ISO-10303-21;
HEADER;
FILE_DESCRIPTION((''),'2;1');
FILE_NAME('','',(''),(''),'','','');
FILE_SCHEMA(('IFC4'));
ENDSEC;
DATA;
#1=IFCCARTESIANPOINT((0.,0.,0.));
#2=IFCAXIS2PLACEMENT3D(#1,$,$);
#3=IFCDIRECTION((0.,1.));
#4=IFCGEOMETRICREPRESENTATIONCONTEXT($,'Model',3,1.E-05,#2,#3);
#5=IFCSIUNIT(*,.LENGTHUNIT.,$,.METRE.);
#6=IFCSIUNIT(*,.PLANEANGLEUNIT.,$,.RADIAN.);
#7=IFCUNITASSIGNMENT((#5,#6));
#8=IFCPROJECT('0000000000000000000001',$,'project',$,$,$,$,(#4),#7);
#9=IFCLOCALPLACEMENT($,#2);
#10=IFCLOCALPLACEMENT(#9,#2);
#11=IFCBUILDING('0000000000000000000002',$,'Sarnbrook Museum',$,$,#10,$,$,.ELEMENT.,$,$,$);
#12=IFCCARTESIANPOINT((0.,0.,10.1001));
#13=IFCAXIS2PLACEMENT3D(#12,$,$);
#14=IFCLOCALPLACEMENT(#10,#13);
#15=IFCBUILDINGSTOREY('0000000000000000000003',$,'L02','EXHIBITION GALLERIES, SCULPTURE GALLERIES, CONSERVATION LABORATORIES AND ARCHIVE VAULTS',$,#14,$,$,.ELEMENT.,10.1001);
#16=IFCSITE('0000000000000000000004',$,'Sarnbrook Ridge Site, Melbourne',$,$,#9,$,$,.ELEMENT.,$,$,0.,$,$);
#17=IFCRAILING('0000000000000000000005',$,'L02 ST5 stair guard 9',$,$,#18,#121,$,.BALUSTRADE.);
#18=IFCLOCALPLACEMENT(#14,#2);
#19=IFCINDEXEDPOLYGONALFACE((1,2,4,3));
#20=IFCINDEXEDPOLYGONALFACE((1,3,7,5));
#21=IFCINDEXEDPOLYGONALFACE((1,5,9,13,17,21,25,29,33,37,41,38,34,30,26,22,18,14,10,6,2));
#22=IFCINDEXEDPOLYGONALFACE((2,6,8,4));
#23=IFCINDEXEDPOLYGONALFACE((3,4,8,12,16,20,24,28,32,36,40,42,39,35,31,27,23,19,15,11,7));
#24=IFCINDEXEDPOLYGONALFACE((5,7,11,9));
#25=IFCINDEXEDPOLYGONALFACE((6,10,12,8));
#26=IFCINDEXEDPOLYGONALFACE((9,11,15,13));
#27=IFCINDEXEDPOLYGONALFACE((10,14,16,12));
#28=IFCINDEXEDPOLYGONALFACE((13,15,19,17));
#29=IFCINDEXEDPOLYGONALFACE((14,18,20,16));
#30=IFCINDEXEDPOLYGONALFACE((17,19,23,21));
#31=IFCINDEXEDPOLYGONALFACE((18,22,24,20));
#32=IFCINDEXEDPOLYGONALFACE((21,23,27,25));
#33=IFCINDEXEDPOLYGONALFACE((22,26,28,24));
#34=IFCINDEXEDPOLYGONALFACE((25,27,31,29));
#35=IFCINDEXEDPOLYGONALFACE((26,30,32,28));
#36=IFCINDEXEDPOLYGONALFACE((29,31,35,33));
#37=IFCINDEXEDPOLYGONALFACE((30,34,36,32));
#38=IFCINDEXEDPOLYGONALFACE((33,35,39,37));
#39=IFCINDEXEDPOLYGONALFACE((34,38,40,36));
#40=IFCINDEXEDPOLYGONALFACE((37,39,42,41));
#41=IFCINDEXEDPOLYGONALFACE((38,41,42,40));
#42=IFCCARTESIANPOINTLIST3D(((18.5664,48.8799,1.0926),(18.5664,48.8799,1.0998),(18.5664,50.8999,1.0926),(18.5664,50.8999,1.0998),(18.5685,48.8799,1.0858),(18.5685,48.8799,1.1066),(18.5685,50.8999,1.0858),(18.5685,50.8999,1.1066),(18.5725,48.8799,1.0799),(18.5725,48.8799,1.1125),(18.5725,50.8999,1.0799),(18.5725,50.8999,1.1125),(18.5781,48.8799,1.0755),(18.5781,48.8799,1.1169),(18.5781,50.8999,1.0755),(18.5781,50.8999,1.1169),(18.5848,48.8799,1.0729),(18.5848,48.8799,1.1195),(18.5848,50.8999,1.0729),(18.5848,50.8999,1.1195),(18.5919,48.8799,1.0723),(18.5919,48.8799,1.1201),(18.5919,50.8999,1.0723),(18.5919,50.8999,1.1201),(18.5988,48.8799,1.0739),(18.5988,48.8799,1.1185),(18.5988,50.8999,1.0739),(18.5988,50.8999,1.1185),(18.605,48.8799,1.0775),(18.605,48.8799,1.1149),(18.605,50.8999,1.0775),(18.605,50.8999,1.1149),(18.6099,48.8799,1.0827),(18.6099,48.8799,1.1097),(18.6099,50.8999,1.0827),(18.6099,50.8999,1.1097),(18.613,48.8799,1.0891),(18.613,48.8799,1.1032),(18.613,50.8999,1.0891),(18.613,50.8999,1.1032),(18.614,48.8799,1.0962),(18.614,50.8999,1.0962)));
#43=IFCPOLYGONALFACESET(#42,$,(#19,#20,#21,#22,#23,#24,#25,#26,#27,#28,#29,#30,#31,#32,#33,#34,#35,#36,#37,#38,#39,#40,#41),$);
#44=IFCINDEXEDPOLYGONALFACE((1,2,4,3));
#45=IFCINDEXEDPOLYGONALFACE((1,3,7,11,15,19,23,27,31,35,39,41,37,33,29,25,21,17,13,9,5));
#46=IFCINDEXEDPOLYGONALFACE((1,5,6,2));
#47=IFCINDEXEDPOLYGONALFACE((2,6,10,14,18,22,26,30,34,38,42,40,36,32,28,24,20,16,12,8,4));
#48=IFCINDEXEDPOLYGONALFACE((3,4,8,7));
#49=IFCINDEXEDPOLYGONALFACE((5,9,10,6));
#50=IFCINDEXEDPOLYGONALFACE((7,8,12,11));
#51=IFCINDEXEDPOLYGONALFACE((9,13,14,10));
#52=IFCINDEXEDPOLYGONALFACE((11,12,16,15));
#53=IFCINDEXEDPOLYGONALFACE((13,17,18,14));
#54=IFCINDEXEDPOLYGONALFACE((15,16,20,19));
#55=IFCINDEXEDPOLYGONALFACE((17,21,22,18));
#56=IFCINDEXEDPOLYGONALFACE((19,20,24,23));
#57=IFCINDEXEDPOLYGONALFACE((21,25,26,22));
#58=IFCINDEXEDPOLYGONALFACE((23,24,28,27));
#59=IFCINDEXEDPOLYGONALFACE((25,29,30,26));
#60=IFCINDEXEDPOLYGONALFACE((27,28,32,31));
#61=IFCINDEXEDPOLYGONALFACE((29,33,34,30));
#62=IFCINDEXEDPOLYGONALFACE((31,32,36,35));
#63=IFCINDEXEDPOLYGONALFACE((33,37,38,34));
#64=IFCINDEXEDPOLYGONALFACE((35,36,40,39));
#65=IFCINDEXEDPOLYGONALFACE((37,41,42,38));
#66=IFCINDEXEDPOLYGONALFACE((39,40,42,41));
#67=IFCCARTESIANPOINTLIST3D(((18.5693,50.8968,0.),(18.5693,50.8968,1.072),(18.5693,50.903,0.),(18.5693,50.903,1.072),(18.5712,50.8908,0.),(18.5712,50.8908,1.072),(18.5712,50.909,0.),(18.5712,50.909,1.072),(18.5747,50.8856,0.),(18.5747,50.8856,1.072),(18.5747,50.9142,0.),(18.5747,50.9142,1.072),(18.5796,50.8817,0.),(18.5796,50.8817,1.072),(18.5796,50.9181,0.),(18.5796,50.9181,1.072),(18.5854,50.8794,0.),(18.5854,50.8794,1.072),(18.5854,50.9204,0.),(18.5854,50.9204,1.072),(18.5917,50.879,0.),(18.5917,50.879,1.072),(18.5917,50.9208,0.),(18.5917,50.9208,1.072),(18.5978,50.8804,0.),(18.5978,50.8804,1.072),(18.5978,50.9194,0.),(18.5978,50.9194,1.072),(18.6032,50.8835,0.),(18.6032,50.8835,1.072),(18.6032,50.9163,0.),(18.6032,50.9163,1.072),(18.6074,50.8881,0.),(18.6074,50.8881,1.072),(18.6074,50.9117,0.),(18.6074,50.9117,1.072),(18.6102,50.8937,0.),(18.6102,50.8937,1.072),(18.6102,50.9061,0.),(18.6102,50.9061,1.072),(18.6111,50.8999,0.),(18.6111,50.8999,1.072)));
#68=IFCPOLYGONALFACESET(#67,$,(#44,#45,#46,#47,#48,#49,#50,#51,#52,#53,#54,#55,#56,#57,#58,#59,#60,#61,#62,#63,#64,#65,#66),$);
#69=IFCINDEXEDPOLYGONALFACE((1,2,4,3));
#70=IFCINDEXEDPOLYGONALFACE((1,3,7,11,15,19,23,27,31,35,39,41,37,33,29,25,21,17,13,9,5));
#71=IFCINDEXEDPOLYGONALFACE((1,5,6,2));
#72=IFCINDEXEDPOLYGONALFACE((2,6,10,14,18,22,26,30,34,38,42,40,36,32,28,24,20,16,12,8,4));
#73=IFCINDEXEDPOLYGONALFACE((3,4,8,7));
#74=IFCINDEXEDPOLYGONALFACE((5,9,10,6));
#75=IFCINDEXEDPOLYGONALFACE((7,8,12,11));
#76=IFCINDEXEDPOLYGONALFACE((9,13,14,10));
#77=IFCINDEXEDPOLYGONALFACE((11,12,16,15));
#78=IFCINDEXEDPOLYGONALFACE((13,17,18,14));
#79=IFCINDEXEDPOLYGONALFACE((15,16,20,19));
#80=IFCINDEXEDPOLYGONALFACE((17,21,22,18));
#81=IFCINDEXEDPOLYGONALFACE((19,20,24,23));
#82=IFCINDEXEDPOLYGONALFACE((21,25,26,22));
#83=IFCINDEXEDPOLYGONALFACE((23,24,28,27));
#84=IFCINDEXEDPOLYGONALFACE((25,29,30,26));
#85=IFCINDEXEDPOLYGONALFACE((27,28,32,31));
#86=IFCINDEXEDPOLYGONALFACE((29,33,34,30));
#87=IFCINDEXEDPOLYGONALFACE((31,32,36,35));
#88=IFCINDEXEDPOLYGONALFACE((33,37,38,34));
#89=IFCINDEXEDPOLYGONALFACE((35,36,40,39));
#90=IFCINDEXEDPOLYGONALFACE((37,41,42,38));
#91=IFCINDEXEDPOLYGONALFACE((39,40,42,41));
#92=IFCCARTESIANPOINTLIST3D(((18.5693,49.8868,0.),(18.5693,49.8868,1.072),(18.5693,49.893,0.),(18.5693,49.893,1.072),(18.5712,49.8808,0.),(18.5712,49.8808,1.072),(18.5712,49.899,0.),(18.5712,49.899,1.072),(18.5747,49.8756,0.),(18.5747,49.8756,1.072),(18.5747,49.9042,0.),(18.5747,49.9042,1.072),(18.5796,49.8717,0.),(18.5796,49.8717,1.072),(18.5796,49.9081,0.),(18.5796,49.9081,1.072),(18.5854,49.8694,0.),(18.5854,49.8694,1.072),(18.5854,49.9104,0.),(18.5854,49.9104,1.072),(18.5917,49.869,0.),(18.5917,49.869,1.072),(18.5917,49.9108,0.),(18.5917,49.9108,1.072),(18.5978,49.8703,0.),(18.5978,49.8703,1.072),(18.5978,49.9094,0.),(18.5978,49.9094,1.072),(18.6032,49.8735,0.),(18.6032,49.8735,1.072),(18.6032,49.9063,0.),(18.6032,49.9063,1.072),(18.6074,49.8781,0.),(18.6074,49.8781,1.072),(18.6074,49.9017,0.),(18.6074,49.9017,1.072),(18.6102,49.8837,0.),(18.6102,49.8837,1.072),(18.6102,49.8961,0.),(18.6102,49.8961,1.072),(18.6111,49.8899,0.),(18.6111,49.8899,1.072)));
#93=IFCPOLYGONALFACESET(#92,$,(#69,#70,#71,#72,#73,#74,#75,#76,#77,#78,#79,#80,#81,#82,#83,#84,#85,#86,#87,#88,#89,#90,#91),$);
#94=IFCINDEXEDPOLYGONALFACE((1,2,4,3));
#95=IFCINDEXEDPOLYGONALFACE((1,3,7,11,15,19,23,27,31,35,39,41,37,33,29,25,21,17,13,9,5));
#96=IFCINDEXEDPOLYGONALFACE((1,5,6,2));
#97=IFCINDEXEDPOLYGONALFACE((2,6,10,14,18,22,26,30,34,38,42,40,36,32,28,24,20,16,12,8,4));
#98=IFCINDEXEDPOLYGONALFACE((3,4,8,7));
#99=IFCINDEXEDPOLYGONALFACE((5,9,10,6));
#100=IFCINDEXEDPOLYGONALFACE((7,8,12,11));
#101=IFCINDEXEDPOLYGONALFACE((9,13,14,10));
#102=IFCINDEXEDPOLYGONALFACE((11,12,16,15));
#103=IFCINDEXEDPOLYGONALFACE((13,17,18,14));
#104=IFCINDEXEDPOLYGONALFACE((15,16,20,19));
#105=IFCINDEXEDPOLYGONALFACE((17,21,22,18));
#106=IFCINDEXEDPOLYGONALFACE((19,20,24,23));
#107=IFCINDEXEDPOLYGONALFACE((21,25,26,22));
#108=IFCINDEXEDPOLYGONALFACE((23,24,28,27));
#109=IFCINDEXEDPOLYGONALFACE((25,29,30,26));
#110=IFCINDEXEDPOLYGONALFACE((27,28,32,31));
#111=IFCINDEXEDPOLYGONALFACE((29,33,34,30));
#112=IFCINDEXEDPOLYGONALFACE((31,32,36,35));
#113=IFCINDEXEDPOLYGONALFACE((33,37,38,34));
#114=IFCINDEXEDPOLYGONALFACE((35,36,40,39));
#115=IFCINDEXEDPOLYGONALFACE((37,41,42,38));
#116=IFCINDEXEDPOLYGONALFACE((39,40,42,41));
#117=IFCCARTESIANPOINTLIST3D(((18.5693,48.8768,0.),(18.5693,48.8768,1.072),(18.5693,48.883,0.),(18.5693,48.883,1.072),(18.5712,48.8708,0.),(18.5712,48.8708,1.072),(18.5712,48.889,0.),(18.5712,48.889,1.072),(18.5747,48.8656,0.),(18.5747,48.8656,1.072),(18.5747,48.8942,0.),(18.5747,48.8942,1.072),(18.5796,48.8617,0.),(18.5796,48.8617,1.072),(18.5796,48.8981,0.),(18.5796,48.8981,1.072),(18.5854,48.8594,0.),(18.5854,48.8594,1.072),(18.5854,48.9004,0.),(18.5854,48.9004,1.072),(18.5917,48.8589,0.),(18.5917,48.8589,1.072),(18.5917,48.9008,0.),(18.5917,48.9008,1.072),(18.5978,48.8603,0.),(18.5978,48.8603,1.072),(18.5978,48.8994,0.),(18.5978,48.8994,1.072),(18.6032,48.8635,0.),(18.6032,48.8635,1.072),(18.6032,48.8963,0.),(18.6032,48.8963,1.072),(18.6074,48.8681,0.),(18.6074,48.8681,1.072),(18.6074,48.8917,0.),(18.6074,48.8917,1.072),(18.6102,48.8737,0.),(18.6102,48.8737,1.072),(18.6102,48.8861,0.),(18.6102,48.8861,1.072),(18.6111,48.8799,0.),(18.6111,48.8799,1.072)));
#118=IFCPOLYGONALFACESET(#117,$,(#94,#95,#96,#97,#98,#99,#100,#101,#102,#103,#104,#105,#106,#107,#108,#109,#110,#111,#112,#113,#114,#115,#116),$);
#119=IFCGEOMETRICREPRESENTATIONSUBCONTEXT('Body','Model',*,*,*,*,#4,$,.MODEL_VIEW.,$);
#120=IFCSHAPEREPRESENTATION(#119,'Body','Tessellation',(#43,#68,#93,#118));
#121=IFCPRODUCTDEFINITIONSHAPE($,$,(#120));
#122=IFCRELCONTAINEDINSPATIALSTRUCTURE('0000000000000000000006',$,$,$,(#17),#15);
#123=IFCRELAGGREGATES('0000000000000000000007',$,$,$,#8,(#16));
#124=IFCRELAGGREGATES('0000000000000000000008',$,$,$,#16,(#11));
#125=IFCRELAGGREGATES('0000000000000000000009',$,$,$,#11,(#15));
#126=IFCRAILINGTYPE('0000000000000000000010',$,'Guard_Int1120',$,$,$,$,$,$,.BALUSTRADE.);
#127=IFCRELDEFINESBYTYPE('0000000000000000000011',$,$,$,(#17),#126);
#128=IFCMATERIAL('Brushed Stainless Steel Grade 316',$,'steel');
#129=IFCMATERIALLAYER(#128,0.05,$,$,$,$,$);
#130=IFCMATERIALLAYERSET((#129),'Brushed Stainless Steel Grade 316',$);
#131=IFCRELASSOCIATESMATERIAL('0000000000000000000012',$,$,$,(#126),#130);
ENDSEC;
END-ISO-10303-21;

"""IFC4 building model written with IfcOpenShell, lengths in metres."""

from ifc_helpers import new_model, si_unit, direction, frame, origin, origin_2d, place, context, subcontext, project, spatial, circle, extrude, material, layer, layer_set, type_object, element, save


model = new_model("IFC4")

# Units and contexts
model_context = context("Model", 3, precision=1e-05, world=origin(), true_north=direction((0.0, 1.0)))
body_context = subcontext(model_context, "Body", "Model", "MODEL_VIEW")
ifc_project = project(units=[si_unit("LENGTHUNIT", "METRE"), si_unit("PLANEANGLEUNIT", "RADIAN")], contexts=[model_context])

# Site, building, storey
site_placement = place(None, origin())
site = spatial("IfcSite", under=ifc_project, at=site_placement, Name="Sarnbrook Ridge Site, Melbourne", CompositionType="ELEMENT", RefElevation=0.0)
building_placement = place(site_placement, origin())
building = spatial("IfcBuilding", under=site, at=building_placement, Name="Sarnbrook Museum", CompositionType="ELEMENT")
storey_placement = place(building_placement, frame((0.0, 0.0, 10.1001)))
storey = spatial("IfcBuildingStorey", under=building, at=storey_placement, Name="L02", Description="EXHIBITION GALLERIES, SCULPTURE GALLERIES, CONSERVATION LABORATORIES AND ARCHIVE VAULTS", CompositionType="ELEMENT", Elevation=10.1001)

# Shared definitions
ifc_material_1 = material(Name="Brushed Stainless Steel Grade 316", Category="steel")

# Railing
ifc_layer_1 = layer(ifc_material_1, 0.05)
ifc_layer_set_1 = layer_set([ifc_layer_1], Name="Brushed Stainless Steel Grade 316")
railing_type_1 = type_object("IfcRailingType", Name="Guard_Int1120", PredefinedType="BALUSTRADE", material=ifc_layer_set_1)
for number, where, name in (
    (1, (18.5901, 50.8999, 0.0), "L02 ST5 stair guard 9"),
):
    element("IfcRailing", number, at=place(storey_placement, frame(where)), inside=storey, type_object=railing_type_1, Name=name, PredefinedType="BALUSTRADE", context=body_context, shape_type="SweptSolid", body=[
        extrude(circle(Radius=0.0239, at=origin_2d()), frame((0.0, 0.0, 1.0962), z_axis=(0.0, -1.0, 0.0), x_axis=(1.0, 0.0, 0.0)), (0.0, 0.0, 1.0), 2.02),
        extrude(circle(Radius=0.021, at=origin_2d()), origin(), (0.0, 0.0, 1.0), 1.072),
        extrude(circle(Radius=0.021, at=origin_2d()), frame((0.0, -1.01, 0.0)), (0.0, 0.0, 1.0), 1.072),
        extrude(circle(Radius=0.021, at=origin_2d()), frame((0.0, -2.02, 0.0)), (0.0, 0.0, 1.0), 1.072),
    ])

save(model, "model.ifc")
